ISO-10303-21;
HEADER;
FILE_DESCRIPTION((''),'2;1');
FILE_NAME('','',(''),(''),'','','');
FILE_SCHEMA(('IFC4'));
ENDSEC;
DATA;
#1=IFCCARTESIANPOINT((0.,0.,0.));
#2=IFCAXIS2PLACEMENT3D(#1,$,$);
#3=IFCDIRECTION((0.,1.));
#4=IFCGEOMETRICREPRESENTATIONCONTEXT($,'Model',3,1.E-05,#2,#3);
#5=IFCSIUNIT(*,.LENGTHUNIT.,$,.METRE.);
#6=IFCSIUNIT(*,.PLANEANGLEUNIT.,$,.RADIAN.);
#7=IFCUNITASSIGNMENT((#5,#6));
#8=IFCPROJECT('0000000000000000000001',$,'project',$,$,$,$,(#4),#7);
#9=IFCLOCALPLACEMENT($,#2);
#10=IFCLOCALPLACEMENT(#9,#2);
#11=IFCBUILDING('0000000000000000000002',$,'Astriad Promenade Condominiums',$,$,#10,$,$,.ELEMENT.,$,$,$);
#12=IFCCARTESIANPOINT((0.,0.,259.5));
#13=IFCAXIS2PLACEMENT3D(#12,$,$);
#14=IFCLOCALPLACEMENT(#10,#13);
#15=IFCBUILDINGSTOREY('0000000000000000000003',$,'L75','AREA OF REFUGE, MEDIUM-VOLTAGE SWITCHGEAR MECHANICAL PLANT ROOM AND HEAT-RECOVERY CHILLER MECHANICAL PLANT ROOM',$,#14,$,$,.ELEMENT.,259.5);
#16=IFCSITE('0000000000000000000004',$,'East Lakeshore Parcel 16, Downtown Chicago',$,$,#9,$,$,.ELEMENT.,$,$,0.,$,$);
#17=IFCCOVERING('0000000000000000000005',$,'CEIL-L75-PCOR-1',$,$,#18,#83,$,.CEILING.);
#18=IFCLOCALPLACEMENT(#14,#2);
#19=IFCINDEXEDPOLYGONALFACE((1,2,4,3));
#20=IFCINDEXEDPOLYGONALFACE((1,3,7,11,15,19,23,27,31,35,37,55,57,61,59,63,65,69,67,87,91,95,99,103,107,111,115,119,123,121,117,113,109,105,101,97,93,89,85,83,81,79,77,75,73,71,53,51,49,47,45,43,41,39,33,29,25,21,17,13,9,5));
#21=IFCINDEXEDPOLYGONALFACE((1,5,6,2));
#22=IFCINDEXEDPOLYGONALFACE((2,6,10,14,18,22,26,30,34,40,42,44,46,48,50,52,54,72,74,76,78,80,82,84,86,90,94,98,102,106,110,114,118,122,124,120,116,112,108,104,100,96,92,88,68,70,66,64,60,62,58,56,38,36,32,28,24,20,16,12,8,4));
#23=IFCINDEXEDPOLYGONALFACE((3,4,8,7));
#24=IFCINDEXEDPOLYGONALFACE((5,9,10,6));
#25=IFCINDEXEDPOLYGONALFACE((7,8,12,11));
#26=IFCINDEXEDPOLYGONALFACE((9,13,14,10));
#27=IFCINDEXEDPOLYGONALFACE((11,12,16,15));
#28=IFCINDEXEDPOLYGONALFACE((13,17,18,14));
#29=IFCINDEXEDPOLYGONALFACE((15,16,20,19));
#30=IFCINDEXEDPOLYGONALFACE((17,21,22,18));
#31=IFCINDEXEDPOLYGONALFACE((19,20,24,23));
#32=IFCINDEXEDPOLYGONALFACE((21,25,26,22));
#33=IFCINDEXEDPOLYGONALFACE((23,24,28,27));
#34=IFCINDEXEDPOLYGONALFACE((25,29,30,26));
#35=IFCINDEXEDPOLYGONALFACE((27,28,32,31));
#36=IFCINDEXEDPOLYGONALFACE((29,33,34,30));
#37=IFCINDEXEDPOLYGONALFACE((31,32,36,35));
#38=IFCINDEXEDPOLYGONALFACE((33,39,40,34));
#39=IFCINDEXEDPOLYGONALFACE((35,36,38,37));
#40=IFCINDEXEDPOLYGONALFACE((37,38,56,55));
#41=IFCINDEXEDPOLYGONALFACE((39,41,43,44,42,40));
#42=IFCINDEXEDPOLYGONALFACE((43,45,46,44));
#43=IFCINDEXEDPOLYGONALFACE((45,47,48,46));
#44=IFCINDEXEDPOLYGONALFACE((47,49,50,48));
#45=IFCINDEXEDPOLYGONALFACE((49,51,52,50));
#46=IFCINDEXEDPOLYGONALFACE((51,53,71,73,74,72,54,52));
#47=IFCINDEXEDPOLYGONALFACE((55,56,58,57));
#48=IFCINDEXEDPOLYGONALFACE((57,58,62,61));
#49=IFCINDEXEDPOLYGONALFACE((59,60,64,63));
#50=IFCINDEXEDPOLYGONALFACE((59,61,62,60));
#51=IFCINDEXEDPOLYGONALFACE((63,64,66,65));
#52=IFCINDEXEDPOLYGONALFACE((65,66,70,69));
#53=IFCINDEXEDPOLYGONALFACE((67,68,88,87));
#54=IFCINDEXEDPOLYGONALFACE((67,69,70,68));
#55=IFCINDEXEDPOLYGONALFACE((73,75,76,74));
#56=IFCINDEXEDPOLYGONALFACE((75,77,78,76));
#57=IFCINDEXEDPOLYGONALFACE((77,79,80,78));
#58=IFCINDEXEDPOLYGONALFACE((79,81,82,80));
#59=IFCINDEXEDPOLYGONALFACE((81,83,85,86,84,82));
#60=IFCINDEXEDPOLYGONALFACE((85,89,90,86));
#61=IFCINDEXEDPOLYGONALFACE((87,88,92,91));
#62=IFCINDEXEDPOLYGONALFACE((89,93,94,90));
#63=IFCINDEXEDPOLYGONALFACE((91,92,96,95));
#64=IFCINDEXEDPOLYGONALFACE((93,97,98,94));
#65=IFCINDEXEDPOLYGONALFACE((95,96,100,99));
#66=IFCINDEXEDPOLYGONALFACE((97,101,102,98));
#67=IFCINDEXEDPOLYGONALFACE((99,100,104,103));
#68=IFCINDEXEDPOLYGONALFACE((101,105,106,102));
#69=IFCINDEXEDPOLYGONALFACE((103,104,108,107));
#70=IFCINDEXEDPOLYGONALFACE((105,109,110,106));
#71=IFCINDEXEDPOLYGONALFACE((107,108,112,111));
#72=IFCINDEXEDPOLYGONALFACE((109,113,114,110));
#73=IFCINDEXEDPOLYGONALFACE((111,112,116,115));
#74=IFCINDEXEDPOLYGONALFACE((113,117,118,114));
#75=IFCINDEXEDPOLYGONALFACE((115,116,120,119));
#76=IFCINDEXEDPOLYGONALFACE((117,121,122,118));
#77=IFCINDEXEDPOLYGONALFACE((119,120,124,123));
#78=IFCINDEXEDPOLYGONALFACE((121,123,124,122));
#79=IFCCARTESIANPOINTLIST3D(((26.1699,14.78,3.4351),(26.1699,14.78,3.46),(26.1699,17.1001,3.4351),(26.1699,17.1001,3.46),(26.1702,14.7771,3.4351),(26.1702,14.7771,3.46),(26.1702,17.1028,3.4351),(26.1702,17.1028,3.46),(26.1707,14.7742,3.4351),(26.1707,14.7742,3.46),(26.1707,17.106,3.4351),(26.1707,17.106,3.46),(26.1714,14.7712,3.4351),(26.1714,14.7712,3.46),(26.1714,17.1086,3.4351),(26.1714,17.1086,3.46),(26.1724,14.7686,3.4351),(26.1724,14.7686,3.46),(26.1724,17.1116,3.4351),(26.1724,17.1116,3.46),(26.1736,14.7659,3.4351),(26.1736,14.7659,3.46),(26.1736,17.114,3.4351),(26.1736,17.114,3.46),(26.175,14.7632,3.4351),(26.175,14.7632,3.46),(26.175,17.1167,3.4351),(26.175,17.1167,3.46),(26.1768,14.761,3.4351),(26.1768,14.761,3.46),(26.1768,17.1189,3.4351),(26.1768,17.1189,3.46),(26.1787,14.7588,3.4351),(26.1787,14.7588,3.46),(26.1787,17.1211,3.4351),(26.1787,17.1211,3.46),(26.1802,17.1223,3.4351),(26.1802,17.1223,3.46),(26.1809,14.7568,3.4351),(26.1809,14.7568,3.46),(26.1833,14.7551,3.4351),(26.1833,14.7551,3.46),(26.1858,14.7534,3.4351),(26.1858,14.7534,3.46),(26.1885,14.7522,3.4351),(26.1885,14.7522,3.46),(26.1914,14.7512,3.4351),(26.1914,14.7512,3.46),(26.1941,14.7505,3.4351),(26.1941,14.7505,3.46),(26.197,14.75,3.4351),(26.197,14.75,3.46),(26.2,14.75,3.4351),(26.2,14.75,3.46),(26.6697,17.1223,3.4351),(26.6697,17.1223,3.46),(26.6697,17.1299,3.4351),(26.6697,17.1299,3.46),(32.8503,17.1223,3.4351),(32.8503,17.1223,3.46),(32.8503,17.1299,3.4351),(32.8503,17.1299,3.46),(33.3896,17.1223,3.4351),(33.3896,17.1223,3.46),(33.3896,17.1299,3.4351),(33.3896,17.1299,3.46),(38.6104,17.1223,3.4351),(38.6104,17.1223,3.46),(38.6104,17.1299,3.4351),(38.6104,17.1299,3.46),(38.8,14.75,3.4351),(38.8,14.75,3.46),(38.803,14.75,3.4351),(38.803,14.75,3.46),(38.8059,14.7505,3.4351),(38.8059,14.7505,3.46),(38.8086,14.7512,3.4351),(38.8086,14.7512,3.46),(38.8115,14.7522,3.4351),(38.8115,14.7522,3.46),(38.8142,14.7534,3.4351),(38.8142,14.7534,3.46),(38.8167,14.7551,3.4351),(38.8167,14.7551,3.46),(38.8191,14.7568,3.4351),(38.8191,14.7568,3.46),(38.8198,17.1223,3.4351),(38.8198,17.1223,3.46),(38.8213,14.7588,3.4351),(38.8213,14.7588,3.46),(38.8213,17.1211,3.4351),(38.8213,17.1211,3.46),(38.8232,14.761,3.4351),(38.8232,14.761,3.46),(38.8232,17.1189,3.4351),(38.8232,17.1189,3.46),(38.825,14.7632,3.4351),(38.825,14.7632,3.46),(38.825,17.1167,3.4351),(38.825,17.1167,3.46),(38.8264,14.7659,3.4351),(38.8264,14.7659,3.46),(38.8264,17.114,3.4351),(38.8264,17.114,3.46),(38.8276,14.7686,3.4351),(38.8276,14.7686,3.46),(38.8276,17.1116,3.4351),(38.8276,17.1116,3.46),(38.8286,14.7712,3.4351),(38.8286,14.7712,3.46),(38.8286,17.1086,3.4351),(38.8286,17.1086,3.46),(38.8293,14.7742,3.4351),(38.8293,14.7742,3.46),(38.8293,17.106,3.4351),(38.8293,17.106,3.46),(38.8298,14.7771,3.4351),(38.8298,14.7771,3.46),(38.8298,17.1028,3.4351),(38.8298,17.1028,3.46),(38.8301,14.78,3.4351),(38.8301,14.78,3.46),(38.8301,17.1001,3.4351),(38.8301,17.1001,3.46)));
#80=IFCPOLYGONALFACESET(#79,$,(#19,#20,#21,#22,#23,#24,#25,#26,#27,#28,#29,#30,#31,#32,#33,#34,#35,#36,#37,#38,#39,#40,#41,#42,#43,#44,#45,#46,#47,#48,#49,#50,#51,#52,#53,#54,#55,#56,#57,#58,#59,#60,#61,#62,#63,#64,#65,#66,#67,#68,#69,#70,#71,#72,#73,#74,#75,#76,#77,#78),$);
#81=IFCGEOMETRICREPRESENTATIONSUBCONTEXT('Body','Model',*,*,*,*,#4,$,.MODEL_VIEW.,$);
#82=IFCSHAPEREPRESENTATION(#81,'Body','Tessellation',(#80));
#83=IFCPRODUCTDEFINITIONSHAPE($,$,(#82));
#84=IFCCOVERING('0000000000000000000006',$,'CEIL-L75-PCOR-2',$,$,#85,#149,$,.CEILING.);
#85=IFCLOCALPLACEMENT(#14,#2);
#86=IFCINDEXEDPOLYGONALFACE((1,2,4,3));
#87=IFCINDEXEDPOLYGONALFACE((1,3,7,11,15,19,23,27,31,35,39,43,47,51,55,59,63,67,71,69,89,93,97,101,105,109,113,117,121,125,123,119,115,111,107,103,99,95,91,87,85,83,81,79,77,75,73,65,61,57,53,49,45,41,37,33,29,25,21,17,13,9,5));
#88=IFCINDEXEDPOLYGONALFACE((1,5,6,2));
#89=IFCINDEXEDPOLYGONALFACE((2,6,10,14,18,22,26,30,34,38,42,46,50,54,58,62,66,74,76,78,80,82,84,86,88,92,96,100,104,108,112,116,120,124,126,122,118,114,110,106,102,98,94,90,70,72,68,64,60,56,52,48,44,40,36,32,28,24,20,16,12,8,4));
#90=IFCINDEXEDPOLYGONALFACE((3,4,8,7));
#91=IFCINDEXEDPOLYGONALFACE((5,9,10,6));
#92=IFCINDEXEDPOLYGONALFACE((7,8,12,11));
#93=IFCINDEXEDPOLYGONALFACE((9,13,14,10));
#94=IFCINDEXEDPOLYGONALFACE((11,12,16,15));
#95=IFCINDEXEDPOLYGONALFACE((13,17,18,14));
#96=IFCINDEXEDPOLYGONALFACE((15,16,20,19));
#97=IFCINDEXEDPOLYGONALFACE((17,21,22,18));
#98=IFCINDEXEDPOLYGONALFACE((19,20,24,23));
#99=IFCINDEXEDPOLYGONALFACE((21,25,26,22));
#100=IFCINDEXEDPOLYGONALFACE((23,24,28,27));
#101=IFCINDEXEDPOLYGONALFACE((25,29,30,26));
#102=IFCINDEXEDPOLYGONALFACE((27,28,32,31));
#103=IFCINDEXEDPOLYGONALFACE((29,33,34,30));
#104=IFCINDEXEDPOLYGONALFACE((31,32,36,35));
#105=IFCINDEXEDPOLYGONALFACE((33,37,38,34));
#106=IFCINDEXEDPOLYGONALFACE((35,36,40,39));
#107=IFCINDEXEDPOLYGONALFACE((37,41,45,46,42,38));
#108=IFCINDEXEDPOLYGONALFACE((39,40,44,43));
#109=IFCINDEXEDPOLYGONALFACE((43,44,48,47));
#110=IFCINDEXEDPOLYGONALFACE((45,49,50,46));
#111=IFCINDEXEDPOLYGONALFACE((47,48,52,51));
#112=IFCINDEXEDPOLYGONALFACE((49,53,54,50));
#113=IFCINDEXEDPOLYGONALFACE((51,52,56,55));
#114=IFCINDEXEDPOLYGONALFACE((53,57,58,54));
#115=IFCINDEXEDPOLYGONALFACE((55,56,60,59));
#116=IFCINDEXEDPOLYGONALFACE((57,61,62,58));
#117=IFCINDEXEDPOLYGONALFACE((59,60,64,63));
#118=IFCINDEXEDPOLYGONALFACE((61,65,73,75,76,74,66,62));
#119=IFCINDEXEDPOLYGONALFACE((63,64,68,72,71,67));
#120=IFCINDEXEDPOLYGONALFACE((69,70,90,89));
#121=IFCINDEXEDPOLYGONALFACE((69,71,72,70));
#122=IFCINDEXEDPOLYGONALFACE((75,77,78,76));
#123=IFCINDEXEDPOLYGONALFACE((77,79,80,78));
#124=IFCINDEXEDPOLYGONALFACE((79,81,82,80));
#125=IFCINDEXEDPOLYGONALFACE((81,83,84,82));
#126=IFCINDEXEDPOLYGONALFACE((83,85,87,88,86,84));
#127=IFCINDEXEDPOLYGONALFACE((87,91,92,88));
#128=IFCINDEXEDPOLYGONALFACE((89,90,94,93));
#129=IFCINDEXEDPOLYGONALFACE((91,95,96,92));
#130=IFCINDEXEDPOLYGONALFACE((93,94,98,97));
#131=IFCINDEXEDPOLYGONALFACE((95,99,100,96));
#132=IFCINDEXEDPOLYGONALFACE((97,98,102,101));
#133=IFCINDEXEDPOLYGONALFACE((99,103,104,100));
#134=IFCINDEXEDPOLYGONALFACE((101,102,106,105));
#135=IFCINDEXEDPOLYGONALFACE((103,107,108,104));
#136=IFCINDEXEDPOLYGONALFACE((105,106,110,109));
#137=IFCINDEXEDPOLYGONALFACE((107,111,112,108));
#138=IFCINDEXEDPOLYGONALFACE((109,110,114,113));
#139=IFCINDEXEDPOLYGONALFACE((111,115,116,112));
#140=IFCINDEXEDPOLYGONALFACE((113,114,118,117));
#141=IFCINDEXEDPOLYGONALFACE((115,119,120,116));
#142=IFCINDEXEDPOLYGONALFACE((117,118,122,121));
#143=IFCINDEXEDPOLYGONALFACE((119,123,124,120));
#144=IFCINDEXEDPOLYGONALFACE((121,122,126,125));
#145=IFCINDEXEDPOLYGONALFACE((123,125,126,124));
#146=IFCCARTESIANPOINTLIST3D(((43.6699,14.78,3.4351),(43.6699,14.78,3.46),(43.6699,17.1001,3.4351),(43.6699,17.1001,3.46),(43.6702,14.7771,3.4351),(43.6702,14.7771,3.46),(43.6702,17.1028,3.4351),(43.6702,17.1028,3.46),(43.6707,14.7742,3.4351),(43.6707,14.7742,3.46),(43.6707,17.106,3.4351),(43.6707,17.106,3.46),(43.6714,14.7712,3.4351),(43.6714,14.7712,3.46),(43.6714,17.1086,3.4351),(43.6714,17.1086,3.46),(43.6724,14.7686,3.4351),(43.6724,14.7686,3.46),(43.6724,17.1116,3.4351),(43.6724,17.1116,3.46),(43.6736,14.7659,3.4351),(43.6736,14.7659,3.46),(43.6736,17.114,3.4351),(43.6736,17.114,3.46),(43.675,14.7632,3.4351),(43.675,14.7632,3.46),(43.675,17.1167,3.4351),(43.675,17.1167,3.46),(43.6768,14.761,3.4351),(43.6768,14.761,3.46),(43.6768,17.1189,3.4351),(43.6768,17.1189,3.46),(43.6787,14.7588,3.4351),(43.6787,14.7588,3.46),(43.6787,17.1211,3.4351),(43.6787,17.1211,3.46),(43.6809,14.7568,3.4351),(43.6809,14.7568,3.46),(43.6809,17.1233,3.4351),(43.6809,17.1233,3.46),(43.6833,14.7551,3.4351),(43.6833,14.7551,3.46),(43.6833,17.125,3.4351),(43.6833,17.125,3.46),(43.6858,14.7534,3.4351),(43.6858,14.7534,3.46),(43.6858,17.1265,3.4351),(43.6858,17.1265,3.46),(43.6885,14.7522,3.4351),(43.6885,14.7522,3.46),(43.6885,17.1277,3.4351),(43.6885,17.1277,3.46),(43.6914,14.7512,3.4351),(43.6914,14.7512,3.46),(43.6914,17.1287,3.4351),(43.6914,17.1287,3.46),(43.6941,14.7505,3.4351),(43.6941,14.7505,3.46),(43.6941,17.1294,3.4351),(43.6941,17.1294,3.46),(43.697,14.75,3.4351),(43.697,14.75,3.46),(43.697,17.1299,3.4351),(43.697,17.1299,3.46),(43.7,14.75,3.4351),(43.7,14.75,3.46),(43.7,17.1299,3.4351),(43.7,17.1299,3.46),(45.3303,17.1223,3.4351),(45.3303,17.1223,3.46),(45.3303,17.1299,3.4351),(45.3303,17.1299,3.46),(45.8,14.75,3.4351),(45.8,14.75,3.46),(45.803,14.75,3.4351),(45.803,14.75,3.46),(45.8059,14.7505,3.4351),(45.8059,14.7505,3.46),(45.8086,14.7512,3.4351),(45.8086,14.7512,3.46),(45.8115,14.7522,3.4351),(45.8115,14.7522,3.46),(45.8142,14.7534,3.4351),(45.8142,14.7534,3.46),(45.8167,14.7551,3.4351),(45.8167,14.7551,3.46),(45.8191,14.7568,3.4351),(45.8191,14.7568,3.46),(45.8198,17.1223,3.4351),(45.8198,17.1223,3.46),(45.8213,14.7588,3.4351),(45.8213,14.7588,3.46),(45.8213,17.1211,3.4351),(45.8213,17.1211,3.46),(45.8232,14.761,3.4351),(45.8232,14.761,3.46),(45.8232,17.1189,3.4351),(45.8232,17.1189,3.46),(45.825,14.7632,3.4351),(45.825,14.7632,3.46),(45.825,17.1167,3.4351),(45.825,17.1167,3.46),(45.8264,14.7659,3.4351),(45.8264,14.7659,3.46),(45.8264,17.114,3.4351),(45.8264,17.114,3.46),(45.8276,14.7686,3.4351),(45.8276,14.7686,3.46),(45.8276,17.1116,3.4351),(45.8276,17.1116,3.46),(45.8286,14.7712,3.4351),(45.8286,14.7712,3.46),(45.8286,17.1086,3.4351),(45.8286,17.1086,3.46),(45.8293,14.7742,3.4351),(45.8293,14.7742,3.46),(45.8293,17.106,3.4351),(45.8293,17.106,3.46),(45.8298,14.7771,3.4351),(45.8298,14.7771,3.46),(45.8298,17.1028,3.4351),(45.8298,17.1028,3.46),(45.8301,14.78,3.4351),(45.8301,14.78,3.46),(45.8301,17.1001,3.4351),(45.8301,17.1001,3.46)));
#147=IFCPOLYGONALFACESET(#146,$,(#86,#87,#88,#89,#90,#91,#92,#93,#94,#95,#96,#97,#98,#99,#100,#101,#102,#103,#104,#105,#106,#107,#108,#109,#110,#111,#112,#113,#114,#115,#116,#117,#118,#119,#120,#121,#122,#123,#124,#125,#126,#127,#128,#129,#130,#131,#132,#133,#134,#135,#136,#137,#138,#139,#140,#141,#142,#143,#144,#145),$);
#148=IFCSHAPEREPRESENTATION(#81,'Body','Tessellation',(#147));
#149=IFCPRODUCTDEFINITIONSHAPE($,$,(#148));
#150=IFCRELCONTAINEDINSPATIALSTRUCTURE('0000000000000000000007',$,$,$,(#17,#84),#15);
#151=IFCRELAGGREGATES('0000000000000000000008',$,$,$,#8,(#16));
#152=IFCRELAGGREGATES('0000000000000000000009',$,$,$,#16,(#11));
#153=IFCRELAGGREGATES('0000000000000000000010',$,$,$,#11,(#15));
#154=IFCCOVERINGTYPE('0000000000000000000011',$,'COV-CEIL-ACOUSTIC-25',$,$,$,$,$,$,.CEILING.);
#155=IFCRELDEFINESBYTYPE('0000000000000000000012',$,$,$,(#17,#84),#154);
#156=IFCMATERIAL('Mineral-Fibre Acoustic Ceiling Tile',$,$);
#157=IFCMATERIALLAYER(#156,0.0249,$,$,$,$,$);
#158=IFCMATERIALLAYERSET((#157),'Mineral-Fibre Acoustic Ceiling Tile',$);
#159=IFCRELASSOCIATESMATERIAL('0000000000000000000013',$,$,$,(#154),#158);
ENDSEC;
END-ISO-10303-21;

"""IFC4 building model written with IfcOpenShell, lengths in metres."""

from ifc_helpers import new_model, si_unit, direction, frame, origin, place, context, subcontext, project, spatial, polyline, outline, extrude, material, layer, layer_set, type_object, element, save


model = new_model("IFC4")

# Units and contexts
model_context = context("Model", 3, precision=1e-05, world=origin(), true_north=direction((0.0, 1.0)))
body_context = subcontext(model_context, "Body", "Model", "MODEL_VIEW")
ifc_project = project(units=[si_unit("LENGTHUNIT", "METRE"), si_unit("PLANEANGLEUNIT", "RADIAN")], contexts=[model_context])

# Site, building, storey
site_placement = place(None, origin())
site = spatial("IfcSite", under=ifc_project, at=site_placement, Name="East Lakeshore Parcel 16, Downtown Chicago", CompositionType="ELEMENT", RefElevation=0.0)
building_placement = place(site_placement, origin())
building = spatial("IfcBuilding", under=site, at=building_placement, Name="Astriad Promenade Condominiums", CompositionType="ELEMENT")
storey_placement = place(building_placement, frame((0.0, 0.0, 259.5)))
storey = spatial("IfcBuildingStorey", under=building, at=storey_placement, Name="L75", Description="AREA OF REFUGE, MEDIUM-VOLTAGE SWITCHGEAR MECHANICAL PLANT ROOM AND HEAT-RECOVERY CHILLER MECHANICAL PLANT ROOM", CompositionType="ELEMENT", Elevation=259.5)

# Coverings
ifc_material_1 = material(Name="Mineral-Fibre Acoustic Ceiling Tile")
ifc_layer_1 = layer(ifc_material_1, 0.0249)
ifc_layer_set_1 = layer_set([ifc_layer_1], Name="Mineral-Fibre Acoustic Ceiling Tile")
covering_type_1 = type_object("IfcCoveringType", Name="COV-CEIL-ACOUSTIC-25", PredefinedType="CEILING", material=ifc_layer_set_1)
covering_1_placement = place(storey_placement, frame((0.0, 0.0, 3.4351)))
element("IfcCovering", 1, at=covering_1_placement, inside=storey, type_object=covering_type_1, Name="CEIL-L75-PCOR-1", PredefinedType="CEILING", context=body_context, shape_type="SweptSolid", body=[
    extrude(outline(polyline([(38.8213, 17.1211), (38.8232, 17.1189), (38.825, 17.1167), (38.8264, 17.114), (38.8276, 17.1116), (38.8286, 17.1086), (38.8293, 17.106), (38.8298, 17.1028), (38.8301, 17.1001), (38.8301, 14.78), (38.8298, 14.7771), (38.8293, 14.7742), (38.8286, 14.7712), (38.8276, 14.7686), (38.8264, 14.7659), (38.825, 14.7632), (38.8232, 14.761), (38.8213, 14.7588), (38.8191, 14.7568), (38.8167, 14.7551), (38.8142, 14.7534), (38.8115, 14.7522), (38.8086, 14.7512), (38.8059, 14.7505), (38.803, 14.75), (38.8, 14.75), (26.2, 14.75), (26.197, 14.75), (26.1941, 14.7505), (26.1914, 14.7512), (26.1885, 14.7522), (26.1858, 14.7534), (26.1833, 14.7551), (26.1809, 14.7568), (26.1787, 14.7588), (26.1768, 14.761), (26.175, 14.7632), (26.1736, 14.7659), (26.1724, 14.7686), (26.1714, 14.7712), (26.1707, 14.7742), (26.1702, 14.7771), (26.1699, 14.78), (26.1699, 17.1001), (26.1702, 17.1028), (26.1707, 17.106), (26.1714, 17.1086), (26.1724, 17.1116), (26.1736, 17.114), (26.175, 17.1167), (26.1768, 17.1189), (26.1787, 17.1211), (26.1802, 17.1223), (26.6697, 17.1223), (26.6697, 17.1299), (32.8503, 17.1299), (32.8503, 17.1223), (33.3896, 17.1223), (33.3896, 17.1299), (38.6104, 17.1299), (38.6104, 17.1223), (38.8198, 17.1223), (38.8213, 17.1211)])), origin(), (0.0, 0.0, 1.0), 0.0249),
])
covering_2_placement = place(storey_placement, frame((0.0, 0.0, 3.4351)))
element("IfcCovering", 2, at=covering_2_placement, inside=storey, type_object=covering_type_1, Name="CEIL-L75-PCOR-2", PredefinedType="CEILING", context=body_context, shape_type="SweptSolid", body=[
    extrude(outline(polyline([(43.6702, 17.1028), (43.6707, 17.106), (43.6714, 17.1086), (43.6724, 17.1116), (43.6736, 17.114), (43.675, 17.1167), (43.6768, 17.1189), (43.6787, 17.1211), (43.6809, 17.1233), (43.6833, 17.125), (43.6858, 17.1265), (43.6885, 17.1277), (43.6914, 17.1287), (43.6941, 17.1294), (43.697, 17.1299), (43.7, 17.1299), (45.3303, 17.1299), (45.3303, 17.1223), (45.8198, 17.1223), (45.8213, 17.1211), (45.8232, 17.1189), (45.825, 17.1167), (45.8264, 17.114), (45.8276, 17.1116), (45.8286, 17.1086), (45.8293, 17.106), (45.8298, 17.1028), (45.8301, 17.1001), (45.8301, 14.78), (45.8298, 14.7771), (45.8293, 14.7742), (45.8286, 14.7712), (45.8276, 14.7686), (45.8264, 14.7659), (45.825, 14.7632), (45.8232, 14.761), (45.8213, 14.7588), (45.8191, 14.7568), (45.8167, 14.7551), (45.8142, 14.7534), (45.8115, 14.7522), (45.8086, 14.7512), (45.8059, 14.7505), (45.803, 14.75), (45.8, 14.75), (43.7, 14.75), (43.697, 14.75), (43.6941, 14.7505), (43.6914, 14.7512), (43.6885, 14.7522), (43.6858, 14.7534), (43.6833, 14.7551), (43.6809, 14.7568), (43.6787, 14.7588), (43.6768, 14.761), (43.675, 14.7632), (43.6736, 14.7659), (43.6724, 14.7686), (43.6714, 14.7712), (43.6707, 14.7742), (43.6702, 14.7771), (43.6699, 14.78), (43.6699, 17.1001), (43.6702, 17.1028)])), origin(), (0.0, 0.0, 1.0), 0.0249),
])

save(model, "model.ifc")
